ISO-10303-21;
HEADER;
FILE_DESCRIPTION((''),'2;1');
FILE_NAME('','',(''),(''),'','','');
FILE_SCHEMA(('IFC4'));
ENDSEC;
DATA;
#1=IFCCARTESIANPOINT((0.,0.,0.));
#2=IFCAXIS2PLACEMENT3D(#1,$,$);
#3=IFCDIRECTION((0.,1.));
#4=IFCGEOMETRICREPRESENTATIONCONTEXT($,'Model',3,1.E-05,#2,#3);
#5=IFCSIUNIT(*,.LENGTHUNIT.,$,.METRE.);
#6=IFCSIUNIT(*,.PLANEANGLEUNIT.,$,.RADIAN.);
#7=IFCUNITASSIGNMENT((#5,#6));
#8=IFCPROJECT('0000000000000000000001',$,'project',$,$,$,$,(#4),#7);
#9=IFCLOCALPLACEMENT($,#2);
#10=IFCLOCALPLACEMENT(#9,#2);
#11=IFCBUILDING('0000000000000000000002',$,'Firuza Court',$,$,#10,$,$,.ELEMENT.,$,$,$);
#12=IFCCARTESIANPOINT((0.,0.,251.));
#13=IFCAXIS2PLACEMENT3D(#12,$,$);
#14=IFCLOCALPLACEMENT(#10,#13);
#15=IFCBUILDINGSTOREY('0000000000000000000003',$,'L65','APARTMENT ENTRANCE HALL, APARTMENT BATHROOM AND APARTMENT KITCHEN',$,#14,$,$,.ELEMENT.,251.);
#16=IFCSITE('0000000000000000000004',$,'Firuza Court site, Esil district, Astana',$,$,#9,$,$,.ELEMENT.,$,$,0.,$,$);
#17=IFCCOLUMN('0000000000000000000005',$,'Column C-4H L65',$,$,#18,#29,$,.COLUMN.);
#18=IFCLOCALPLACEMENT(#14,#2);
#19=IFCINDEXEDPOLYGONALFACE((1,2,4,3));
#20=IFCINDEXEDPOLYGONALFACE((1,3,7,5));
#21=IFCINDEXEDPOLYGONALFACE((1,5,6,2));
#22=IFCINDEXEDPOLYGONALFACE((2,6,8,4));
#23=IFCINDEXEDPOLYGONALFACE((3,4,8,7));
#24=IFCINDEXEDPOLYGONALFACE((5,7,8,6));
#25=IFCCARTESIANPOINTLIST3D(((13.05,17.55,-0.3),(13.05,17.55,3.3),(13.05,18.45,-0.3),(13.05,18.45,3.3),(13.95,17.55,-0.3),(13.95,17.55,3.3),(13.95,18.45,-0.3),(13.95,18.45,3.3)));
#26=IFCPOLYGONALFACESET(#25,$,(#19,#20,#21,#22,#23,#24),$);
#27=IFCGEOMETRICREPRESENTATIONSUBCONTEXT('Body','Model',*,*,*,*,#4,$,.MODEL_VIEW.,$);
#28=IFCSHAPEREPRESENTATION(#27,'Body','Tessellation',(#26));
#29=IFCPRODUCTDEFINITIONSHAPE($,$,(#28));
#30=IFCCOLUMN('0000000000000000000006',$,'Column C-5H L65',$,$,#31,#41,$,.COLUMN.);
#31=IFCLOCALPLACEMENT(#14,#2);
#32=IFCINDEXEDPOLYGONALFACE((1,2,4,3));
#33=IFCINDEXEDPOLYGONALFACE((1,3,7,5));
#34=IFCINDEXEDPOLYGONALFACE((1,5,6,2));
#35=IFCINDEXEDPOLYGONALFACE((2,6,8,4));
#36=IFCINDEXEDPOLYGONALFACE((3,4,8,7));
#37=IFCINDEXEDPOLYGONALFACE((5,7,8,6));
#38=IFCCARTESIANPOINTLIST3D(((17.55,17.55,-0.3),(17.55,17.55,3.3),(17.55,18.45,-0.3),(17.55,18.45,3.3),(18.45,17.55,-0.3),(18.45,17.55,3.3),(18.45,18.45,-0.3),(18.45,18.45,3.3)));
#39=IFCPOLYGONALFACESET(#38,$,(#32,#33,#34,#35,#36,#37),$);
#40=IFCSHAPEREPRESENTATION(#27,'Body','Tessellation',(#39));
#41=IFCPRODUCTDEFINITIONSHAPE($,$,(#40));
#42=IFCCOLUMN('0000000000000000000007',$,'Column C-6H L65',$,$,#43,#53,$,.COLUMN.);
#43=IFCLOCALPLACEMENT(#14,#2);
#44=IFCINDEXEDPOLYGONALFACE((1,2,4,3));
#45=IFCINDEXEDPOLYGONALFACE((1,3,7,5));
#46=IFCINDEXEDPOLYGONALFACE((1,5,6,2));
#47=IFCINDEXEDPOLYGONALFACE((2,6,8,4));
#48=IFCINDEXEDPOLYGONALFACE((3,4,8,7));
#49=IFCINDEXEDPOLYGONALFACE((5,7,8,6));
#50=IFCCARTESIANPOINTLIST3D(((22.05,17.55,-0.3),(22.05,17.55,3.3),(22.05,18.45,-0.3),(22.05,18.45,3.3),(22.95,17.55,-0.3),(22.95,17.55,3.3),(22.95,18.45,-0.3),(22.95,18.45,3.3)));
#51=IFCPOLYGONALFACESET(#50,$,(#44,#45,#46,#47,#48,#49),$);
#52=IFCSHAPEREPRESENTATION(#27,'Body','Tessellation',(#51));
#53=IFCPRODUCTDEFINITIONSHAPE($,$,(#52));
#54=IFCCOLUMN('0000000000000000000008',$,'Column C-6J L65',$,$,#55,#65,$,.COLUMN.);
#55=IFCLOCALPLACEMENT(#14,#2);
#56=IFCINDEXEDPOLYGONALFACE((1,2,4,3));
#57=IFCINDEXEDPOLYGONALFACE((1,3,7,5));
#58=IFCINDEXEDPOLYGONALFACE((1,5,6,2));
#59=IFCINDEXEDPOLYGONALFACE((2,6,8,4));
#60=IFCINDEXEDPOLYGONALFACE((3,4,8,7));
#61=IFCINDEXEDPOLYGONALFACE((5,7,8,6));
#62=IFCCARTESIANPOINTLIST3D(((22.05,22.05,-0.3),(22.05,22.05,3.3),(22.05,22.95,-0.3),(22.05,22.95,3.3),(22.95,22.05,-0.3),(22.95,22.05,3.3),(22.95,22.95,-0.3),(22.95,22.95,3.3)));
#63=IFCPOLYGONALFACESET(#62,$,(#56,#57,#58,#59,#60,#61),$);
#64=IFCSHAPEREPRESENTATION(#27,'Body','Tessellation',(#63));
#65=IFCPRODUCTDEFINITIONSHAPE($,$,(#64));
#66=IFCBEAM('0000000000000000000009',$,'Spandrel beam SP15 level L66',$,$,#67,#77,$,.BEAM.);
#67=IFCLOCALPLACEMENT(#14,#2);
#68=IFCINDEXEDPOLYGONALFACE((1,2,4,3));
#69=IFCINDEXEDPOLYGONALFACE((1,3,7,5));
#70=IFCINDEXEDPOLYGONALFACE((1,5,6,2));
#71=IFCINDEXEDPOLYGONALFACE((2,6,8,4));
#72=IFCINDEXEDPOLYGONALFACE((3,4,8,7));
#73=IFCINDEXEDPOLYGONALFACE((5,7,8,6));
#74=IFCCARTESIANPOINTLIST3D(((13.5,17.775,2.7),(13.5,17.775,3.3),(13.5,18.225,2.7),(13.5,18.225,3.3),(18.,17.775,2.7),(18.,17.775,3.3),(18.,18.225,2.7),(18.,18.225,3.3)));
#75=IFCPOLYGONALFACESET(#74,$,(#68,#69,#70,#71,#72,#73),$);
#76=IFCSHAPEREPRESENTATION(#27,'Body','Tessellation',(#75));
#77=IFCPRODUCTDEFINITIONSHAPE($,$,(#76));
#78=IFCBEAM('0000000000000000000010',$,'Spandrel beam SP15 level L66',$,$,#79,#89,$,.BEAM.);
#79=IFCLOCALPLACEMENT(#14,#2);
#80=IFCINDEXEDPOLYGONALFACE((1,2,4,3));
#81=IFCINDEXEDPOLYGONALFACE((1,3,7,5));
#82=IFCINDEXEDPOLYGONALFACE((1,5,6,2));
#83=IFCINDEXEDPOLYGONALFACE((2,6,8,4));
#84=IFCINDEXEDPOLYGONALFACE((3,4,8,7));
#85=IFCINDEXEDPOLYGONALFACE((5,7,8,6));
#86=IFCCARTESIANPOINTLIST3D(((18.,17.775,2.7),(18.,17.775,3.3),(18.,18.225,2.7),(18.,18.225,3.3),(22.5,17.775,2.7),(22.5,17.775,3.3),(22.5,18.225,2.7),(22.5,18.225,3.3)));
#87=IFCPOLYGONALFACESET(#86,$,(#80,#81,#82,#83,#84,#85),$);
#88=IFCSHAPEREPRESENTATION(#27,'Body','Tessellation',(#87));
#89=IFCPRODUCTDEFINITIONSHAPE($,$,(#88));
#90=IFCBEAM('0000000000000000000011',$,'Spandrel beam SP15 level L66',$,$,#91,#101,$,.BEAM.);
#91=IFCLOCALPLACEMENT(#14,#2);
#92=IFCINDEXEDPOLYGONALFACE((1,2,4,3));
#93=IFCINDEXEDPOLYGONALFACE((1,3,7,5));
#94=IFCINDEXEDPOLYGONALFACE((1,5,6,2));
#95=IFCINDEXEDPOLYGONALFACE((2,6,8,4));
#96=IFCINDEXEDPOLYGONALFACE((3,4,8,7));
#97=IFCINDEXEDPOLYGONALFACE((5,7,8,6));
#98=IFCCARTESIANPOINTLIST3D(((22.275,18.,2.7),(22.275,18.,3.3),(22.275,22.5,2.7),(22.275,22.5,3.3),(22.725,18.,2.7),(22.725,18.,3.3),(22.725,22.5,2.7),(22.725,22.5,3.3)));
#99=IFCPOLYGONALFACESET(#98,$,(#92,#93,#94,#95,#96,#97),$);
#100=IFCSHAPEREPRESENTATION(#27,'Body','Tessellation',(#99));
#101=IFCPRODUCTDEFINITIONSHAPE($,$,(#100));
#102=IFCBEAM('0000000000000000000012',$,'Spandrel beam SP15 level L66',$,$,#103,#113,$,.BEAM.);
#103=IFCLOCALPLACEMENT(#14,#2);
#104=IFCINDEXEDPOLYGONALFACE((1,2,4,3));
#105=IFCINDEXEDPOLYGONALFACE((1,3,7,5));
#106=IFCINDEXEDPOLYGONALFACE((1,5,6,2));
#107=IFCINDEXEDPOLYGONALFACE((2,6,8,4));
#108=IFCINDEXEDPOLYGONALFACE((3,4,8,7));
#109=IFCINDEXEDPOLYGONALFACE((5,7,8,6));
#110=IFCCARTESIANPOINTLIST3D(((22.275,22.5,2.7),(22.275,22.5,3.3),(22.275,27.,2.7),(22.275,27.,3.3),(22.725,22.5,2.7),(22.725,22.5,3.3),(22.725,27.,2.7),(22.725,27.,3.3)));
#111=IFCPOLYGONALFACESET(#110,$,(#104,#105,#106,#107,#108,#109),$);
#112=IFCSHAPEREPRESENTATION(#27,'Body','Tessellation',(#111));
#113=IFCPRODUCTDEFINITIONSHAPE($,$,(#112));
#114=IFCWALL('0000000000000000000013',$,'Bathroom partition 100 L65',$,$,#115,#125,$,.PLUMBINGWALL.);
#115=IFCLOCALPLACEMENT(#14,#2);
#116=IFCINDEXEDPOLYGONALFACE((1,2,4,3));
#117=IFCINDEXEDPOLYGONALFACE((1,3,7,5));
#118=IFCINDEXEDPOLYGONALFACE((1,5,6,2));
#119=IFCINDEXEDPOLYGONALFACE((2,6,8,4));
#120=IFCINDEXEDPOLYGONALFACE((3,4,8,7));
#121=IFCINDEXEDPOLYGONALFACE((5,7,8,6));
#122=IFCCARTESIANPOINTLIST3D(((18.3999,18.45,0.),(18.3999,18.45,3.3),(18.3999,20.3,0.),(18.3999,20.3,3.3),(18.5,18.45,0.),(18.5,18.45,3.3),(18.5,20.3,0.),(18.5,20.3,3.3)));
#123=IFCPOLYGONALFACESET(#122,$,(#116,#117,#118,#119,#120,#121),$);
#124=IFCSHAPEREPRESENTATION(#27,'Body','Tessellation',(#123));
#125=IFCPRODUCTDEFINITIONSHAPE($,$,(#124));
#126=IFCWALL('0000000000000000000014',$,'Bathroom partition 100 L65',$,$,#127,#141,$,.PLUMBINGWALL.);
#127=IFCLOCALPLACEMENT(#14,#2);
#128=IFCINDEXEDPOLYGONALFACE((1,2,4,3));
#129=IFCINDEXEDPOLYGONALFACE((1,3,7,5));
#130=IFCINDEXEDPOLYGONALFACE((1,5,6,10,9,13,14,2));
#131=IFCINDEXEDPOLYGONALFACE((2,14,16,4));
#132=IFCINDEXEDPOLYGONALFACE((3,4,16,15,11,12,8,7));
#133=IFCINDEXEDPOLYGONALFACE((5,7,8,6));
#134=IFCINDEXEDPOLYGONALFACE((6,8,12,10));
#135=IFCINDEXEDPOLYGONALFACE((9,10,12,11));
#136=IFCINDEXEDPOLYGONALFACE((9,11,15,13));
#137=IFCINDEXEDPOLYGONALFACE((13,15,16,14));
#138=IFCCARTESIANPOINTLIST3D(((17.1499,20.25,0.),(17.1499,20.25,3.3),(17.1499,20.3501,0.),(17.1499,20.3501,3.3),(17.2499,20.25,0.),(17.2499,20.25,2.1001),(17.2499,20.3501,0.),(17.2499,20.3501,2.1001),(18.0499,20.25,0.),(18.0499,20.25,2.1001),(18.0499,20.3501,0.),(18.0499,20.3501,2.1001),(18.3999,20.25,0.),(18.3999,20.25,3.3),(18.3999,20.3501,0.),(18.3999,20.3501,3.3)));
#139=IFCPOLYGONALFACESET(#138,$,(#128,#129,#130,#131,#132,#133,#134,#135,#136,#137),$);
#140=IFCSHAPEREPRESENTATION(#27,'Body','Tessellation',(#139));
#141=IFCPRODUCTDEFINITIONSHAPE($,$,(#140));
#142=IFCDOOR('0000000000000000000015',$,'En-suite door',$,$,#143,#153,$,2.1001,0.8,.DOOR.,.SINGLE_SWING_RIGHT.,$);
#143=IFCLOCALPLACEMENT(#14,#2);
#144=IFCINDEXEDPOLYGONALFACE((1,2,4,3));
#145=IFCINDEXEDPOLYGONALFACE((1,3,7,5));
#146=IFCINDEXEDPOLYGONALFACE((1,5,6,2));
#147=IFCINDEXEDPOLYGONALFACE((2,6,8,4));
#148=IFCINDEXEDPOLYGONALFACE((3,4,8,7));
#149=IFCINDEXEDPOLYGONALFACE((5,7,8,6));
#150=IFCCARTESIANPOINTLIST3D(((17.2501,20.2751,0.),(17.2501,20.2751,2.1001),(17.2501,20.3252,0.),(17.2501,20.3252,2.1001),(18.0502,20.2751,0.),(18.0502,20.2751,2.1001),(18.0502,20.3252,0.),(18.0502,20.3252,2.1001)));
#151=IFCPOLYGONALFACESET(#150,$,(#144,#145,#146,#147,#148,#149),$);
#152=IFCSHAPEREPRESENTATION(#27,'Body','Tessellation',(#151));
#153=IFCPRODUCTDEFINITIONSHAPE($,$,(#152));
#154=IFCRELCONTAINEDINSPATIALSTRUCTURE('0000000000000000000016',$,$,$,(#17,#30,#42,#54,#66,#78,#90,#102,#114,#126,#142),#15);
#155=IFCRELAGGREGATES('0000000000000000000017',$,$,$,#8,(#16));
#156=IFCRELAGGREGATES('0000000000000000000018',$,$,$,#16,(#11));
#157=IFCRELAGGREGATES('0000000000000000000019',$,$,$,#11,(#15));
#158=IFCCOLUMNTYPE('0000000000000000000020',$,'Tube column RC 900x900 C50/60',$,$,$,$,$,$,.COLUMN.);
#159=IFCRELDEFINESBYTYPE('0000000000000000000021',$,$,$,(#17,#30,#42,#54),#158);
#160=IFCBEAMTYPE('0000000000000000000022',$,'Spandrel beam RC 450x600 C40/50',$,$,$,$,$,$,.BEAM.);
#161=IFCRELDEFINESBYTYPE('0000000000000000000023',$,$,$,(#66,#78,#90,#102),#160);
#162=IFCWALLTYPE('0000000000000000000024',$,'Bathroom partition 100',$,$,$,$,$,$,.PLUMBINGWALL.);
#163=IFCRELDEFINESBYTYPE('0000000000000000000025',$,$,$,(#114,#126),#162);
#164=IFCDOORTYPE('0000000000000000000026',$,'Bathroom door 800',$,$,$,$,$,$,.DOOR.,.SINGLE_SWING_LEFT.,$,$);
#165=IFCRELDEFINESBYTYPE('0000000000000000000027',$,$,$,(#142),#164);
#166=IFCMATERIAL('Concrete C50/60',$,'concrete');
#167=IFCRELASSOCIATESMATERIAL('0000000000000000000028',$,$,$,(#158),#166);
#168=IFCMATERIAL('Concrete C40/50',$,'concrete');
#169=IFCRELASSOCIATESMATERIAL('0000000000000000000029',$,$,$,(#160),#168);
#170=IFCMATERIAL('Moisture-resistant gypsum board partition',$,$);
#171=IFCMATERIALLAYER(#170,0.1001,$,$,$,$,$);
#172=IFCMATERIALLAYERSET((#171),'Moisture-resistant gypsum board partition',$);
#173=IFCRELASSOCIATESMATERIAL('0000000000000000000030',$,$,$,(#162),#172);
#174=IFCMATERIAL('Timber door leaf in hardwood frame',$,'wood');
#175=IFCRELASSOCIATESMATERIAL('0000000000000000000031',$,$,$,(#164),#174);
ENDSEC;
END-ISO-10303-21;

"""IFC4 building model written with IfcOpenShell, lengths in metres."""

from ifc_helpers import new_model, si_unit, direction, frame, frame_2d, origin, origin_2d, place, context, subcontext, project, spatial, rectangle, extrude, material, layer, layer_set, material_profile, profile_set, type_object, element, fill, save


model = new_model("IFC4")

# Units and contexts
model_context = context("Model", 3, precision=1e-05, world=origin(), true_north=direction((0.0, 1.0)))
body_context = subcontext(model_context, "Body", "Model", "MODEL_VIEW")
ifc_project = project(units=[si_unit("LENGTHUNIT", "METRE"), si_unit("PLANEANGLEUNIT", "RADIAN")], contexts=[model_context])

# Site, building, storey
site_placement = place(None, origin())
site = spatial("IfcSite", under=ifc_project, at=site_placement, Name="Firuza Court site, Esil district, Astana", CompositionType="ELEMENT", RefElevation=0.0)
building_placement = place(site_placement, origin())
building = spatial("IfcBuilding", under=site, at=building_placement, Name="Firuza Court", CompositionType="ELEMENT")
storey_placement = place(building_placement, frame((0.0, 0.0, 251.0)))
storey = spatial("IfcBuildingStorey", under=building, at=storey_placement, Name="L65", Description="APARTMENT ENTRANCE HALL, APARTMENT BATHROOM AND APARTMENT KITCHEN", CompositionType="ELEMENT", Elevation=251.0)

# Columns
ifc_material_1 = material(Name="Concrete C50/60", Category="concrete")
ifc_material_profile_1 = material_profile(ifc_material_1, rectangle(XDim=0.8999, YDim=0.8999, at=origin_2d()), Name="RC 900x900")
ifc_profile_set_1 = profile_set([ifc_material_profile_1], Name="Concrete C50/60")
column_type = type_object("IfcColumnType", Name="Tube column RC 900x900 C50/60", PredefinedType="COLUMN", material=ifc_profile_set_1)
for number, where, z_axis, x_axis, name in (
    (1, (13.5, 18.0, -0.3), (0.0, 0.0, 1.0), (1.0, 0.0, 0.0), "Column C-4H L65"),
    (2, (18.0, 18.0, -0.3), (0.0, 0.0, 1.0), (1.0, 0.0, 0.0), "Column C-5H L65"),
    (3, (22.5, 18.0, -0.3), (0.0, 0.0, 1.0), (1.0, 0.0, 0.0), "Column C-6H L65"),
    (4, (22.5, 22.5, -0.3), (0.0, 0.0, 1.0), (1.0, 0.0, 0.0), "Column C-6J L65"),
):
    element("IfcColumn", number, at=place(storey_placement, frame(where, z_axis=z_axis, x_axis=x_axis)), inside=storey, type_object=column_type, Name=name, PredefinedType="COLUMN", context=body_context, shape_type="SweptSolid", body=[
        extrude(rectangle(XDim=0.8999, YDim=0.8999, at=origin_2d()), origin(), (0.0, 0.0, 1.0), 3.6001),
    ])

# Beams
ifc_material_2 = material(Name="Concrete C40/50", Category="concrete")
ifc_material_profile_2 = material_profile(ifc_material_2, rectangle(XDim=0.45, YDim=0.6001, at=origin_2d()), Name="RC 450x600")
ifc_profile_set_2 = profile_set([ifc_material_profile_2], Name="Concrete C40/50")
beam_type = type_object("IfcBeamType", Name="Spandrel beam RC 450x600 C40/50", PredefinedType="BEAM", material=ifc_profile_set_2)
for number, where, z_axis, x_axis, name in (
    (5, (13.5, 18.0, 3.0), (1.0, 0.0, 0.0), (0.0, 1.0, 0.0), "Spandrel beam SP15 level L66"),
    (6, (18.0, 18.0, 3.0), (1.0, 0.0, 0.0), (0.0, 1.0, 0.0), "Spandrel beam SP15 level L66"),
    (7, (22.5, 18.0, 3.0), (0.0, 1.0, 0.0), (-1.0, 0.0, 0.0), "Spandrel beam SP15 level L66"),
    (8, (22.5, 22.5, 3.0), (0.0, 1.0, 0.0), (-1.0, 0.0, 0.0), "Spandrel beam SP15 level L66"),
):
    element("IfcBeam", number, at=place(storey_placement, frame(where, z_axis=z_axis, x_axis=x_axis)), inside=storey, type_object=beam_type, Name=name, PredefinedType="BEAM", context=body_context, shape_type="SweptSolid", body=[
        extrude(rectangle(XDim=0.45, YDim=0.6001, at=origin_2d()), origin(), (0.0, 0.0, 1.0), 4.5),
    ])

# Wall
ifc_material_3 = material(Name="Moisture-resistant gypsum board partition")
ifc_layer_1 = layer(ifc_material_3, 0.1001)
ifc_layer_set_1 = layer_set([ifc_layer_1], Name="Moisture-resistant gypsum board partition")
wall_type_1 = type_object("IfcWallType", Name="Bathroom partition 100", PredefinedType="PLUMBINGWALL", material=ifc_layer_set_1)
wall_1_placement = place(storey_placement, frame((18.45, 18.45, 0.0), z_axis=(0.0, 0.0, 1.0), x_axis=(0.0, 1.0, 0.0)))
element("IfcWall", 9, at=wall_1_placement, inside=storey, type_object=wall_type_1, Name="Bathroom partition 100 L65", PredefinedType="PLUMBINGWALL", context=body_context, shape_type="SweptSolid", body=[
    extrude(rectangle(XDim=1.8501, YDim=0.1001, at=frame_2d((0.925, 0.0))), origin(), (0.0, 0.0, 1.0), 3.3),
])

# Wall, opening, door
wall_2_placement = place(storey_placement, frame((17.1499, 20.3, 0.0), z_axis=(0.0, 0.0, 1.0), x_axis=(1.0, 0.0, 0.0)))
wall_2 = element("IfcWall", 10, at=wall_2_placement, inside=storey, type_object=wall_type_1, Name="Bathroom partition 100 L65", PredefinedType="PLUMBINGWALL", context=body_context, shape_type="SweptSolid", body=[
    extrude(rectangle(XDim=1.25, YDim=0.1001, at=frame_2d((0.625, 0.0))), origin(), (0.0, 0.0, 1.0), 3.3),
])
opening_1_placement = place(wall_2_placement, frame((0.1001, 0.0, 0.0)))
opening_1 = element("IfcOpeningElement", 11, at=opening_1_placement, cuts=wall_2, PredefinedType="OPENING", context=body_context, shape_type="SweptSolid", body=[
    extrude(rectangle(XDim=0.8, YDim=2.1001, at=frame_2d((0.3999, 1.05))), frame((0.0, 0.062, 0.0), z_axis=(0.0, -1.0, 0.0), x_axis=(1.0, 0.0, 0.0)), (0.0, 0.0, 1.0), 0.124),
])
ifc_material_4 = material(Name="Timber door leaf in hardwood frame", Category="wood")
door_type_1 = type_object("IfcDoorType", Name="Bathroom door 800", OperationType="SINGLE_SWING_LEFT", PredefinedType="DOOR", material=ifc_material_4)
door_1_placement = place(opening_1_placement, frame((0.8, 0.0, 0.0), z_axis=(0.0, 0.0, 1.0), x_axis=(-1.0, 0.0, 0.0)))
door_1 = element("IfcDoor", 12, at=door_1_placement, inside=storey, type_object=door_type_1, Name="En-suite door", OperationType="SINGLE_SWING_RIGHT", OverallHeight=2.1001, OverallWidth=0.8, PredefinedType="DOOR", context=body_context, shape_type="SweptSolid", body=[
    extrude(rectangle(XDim=0.8, YDim=2.1001, at=frame_2d((0.3999, 1.05))), frame((0.0, 0.0249, 0.0), z_axis=(0.0, -1.0, 0.0), x_axis=(1.0, 0.0, 0.0)), (0.0, 0.0, 1.0), 0.05),
])
fill(opening_1, door_1)

save(model, "model.ifc")
